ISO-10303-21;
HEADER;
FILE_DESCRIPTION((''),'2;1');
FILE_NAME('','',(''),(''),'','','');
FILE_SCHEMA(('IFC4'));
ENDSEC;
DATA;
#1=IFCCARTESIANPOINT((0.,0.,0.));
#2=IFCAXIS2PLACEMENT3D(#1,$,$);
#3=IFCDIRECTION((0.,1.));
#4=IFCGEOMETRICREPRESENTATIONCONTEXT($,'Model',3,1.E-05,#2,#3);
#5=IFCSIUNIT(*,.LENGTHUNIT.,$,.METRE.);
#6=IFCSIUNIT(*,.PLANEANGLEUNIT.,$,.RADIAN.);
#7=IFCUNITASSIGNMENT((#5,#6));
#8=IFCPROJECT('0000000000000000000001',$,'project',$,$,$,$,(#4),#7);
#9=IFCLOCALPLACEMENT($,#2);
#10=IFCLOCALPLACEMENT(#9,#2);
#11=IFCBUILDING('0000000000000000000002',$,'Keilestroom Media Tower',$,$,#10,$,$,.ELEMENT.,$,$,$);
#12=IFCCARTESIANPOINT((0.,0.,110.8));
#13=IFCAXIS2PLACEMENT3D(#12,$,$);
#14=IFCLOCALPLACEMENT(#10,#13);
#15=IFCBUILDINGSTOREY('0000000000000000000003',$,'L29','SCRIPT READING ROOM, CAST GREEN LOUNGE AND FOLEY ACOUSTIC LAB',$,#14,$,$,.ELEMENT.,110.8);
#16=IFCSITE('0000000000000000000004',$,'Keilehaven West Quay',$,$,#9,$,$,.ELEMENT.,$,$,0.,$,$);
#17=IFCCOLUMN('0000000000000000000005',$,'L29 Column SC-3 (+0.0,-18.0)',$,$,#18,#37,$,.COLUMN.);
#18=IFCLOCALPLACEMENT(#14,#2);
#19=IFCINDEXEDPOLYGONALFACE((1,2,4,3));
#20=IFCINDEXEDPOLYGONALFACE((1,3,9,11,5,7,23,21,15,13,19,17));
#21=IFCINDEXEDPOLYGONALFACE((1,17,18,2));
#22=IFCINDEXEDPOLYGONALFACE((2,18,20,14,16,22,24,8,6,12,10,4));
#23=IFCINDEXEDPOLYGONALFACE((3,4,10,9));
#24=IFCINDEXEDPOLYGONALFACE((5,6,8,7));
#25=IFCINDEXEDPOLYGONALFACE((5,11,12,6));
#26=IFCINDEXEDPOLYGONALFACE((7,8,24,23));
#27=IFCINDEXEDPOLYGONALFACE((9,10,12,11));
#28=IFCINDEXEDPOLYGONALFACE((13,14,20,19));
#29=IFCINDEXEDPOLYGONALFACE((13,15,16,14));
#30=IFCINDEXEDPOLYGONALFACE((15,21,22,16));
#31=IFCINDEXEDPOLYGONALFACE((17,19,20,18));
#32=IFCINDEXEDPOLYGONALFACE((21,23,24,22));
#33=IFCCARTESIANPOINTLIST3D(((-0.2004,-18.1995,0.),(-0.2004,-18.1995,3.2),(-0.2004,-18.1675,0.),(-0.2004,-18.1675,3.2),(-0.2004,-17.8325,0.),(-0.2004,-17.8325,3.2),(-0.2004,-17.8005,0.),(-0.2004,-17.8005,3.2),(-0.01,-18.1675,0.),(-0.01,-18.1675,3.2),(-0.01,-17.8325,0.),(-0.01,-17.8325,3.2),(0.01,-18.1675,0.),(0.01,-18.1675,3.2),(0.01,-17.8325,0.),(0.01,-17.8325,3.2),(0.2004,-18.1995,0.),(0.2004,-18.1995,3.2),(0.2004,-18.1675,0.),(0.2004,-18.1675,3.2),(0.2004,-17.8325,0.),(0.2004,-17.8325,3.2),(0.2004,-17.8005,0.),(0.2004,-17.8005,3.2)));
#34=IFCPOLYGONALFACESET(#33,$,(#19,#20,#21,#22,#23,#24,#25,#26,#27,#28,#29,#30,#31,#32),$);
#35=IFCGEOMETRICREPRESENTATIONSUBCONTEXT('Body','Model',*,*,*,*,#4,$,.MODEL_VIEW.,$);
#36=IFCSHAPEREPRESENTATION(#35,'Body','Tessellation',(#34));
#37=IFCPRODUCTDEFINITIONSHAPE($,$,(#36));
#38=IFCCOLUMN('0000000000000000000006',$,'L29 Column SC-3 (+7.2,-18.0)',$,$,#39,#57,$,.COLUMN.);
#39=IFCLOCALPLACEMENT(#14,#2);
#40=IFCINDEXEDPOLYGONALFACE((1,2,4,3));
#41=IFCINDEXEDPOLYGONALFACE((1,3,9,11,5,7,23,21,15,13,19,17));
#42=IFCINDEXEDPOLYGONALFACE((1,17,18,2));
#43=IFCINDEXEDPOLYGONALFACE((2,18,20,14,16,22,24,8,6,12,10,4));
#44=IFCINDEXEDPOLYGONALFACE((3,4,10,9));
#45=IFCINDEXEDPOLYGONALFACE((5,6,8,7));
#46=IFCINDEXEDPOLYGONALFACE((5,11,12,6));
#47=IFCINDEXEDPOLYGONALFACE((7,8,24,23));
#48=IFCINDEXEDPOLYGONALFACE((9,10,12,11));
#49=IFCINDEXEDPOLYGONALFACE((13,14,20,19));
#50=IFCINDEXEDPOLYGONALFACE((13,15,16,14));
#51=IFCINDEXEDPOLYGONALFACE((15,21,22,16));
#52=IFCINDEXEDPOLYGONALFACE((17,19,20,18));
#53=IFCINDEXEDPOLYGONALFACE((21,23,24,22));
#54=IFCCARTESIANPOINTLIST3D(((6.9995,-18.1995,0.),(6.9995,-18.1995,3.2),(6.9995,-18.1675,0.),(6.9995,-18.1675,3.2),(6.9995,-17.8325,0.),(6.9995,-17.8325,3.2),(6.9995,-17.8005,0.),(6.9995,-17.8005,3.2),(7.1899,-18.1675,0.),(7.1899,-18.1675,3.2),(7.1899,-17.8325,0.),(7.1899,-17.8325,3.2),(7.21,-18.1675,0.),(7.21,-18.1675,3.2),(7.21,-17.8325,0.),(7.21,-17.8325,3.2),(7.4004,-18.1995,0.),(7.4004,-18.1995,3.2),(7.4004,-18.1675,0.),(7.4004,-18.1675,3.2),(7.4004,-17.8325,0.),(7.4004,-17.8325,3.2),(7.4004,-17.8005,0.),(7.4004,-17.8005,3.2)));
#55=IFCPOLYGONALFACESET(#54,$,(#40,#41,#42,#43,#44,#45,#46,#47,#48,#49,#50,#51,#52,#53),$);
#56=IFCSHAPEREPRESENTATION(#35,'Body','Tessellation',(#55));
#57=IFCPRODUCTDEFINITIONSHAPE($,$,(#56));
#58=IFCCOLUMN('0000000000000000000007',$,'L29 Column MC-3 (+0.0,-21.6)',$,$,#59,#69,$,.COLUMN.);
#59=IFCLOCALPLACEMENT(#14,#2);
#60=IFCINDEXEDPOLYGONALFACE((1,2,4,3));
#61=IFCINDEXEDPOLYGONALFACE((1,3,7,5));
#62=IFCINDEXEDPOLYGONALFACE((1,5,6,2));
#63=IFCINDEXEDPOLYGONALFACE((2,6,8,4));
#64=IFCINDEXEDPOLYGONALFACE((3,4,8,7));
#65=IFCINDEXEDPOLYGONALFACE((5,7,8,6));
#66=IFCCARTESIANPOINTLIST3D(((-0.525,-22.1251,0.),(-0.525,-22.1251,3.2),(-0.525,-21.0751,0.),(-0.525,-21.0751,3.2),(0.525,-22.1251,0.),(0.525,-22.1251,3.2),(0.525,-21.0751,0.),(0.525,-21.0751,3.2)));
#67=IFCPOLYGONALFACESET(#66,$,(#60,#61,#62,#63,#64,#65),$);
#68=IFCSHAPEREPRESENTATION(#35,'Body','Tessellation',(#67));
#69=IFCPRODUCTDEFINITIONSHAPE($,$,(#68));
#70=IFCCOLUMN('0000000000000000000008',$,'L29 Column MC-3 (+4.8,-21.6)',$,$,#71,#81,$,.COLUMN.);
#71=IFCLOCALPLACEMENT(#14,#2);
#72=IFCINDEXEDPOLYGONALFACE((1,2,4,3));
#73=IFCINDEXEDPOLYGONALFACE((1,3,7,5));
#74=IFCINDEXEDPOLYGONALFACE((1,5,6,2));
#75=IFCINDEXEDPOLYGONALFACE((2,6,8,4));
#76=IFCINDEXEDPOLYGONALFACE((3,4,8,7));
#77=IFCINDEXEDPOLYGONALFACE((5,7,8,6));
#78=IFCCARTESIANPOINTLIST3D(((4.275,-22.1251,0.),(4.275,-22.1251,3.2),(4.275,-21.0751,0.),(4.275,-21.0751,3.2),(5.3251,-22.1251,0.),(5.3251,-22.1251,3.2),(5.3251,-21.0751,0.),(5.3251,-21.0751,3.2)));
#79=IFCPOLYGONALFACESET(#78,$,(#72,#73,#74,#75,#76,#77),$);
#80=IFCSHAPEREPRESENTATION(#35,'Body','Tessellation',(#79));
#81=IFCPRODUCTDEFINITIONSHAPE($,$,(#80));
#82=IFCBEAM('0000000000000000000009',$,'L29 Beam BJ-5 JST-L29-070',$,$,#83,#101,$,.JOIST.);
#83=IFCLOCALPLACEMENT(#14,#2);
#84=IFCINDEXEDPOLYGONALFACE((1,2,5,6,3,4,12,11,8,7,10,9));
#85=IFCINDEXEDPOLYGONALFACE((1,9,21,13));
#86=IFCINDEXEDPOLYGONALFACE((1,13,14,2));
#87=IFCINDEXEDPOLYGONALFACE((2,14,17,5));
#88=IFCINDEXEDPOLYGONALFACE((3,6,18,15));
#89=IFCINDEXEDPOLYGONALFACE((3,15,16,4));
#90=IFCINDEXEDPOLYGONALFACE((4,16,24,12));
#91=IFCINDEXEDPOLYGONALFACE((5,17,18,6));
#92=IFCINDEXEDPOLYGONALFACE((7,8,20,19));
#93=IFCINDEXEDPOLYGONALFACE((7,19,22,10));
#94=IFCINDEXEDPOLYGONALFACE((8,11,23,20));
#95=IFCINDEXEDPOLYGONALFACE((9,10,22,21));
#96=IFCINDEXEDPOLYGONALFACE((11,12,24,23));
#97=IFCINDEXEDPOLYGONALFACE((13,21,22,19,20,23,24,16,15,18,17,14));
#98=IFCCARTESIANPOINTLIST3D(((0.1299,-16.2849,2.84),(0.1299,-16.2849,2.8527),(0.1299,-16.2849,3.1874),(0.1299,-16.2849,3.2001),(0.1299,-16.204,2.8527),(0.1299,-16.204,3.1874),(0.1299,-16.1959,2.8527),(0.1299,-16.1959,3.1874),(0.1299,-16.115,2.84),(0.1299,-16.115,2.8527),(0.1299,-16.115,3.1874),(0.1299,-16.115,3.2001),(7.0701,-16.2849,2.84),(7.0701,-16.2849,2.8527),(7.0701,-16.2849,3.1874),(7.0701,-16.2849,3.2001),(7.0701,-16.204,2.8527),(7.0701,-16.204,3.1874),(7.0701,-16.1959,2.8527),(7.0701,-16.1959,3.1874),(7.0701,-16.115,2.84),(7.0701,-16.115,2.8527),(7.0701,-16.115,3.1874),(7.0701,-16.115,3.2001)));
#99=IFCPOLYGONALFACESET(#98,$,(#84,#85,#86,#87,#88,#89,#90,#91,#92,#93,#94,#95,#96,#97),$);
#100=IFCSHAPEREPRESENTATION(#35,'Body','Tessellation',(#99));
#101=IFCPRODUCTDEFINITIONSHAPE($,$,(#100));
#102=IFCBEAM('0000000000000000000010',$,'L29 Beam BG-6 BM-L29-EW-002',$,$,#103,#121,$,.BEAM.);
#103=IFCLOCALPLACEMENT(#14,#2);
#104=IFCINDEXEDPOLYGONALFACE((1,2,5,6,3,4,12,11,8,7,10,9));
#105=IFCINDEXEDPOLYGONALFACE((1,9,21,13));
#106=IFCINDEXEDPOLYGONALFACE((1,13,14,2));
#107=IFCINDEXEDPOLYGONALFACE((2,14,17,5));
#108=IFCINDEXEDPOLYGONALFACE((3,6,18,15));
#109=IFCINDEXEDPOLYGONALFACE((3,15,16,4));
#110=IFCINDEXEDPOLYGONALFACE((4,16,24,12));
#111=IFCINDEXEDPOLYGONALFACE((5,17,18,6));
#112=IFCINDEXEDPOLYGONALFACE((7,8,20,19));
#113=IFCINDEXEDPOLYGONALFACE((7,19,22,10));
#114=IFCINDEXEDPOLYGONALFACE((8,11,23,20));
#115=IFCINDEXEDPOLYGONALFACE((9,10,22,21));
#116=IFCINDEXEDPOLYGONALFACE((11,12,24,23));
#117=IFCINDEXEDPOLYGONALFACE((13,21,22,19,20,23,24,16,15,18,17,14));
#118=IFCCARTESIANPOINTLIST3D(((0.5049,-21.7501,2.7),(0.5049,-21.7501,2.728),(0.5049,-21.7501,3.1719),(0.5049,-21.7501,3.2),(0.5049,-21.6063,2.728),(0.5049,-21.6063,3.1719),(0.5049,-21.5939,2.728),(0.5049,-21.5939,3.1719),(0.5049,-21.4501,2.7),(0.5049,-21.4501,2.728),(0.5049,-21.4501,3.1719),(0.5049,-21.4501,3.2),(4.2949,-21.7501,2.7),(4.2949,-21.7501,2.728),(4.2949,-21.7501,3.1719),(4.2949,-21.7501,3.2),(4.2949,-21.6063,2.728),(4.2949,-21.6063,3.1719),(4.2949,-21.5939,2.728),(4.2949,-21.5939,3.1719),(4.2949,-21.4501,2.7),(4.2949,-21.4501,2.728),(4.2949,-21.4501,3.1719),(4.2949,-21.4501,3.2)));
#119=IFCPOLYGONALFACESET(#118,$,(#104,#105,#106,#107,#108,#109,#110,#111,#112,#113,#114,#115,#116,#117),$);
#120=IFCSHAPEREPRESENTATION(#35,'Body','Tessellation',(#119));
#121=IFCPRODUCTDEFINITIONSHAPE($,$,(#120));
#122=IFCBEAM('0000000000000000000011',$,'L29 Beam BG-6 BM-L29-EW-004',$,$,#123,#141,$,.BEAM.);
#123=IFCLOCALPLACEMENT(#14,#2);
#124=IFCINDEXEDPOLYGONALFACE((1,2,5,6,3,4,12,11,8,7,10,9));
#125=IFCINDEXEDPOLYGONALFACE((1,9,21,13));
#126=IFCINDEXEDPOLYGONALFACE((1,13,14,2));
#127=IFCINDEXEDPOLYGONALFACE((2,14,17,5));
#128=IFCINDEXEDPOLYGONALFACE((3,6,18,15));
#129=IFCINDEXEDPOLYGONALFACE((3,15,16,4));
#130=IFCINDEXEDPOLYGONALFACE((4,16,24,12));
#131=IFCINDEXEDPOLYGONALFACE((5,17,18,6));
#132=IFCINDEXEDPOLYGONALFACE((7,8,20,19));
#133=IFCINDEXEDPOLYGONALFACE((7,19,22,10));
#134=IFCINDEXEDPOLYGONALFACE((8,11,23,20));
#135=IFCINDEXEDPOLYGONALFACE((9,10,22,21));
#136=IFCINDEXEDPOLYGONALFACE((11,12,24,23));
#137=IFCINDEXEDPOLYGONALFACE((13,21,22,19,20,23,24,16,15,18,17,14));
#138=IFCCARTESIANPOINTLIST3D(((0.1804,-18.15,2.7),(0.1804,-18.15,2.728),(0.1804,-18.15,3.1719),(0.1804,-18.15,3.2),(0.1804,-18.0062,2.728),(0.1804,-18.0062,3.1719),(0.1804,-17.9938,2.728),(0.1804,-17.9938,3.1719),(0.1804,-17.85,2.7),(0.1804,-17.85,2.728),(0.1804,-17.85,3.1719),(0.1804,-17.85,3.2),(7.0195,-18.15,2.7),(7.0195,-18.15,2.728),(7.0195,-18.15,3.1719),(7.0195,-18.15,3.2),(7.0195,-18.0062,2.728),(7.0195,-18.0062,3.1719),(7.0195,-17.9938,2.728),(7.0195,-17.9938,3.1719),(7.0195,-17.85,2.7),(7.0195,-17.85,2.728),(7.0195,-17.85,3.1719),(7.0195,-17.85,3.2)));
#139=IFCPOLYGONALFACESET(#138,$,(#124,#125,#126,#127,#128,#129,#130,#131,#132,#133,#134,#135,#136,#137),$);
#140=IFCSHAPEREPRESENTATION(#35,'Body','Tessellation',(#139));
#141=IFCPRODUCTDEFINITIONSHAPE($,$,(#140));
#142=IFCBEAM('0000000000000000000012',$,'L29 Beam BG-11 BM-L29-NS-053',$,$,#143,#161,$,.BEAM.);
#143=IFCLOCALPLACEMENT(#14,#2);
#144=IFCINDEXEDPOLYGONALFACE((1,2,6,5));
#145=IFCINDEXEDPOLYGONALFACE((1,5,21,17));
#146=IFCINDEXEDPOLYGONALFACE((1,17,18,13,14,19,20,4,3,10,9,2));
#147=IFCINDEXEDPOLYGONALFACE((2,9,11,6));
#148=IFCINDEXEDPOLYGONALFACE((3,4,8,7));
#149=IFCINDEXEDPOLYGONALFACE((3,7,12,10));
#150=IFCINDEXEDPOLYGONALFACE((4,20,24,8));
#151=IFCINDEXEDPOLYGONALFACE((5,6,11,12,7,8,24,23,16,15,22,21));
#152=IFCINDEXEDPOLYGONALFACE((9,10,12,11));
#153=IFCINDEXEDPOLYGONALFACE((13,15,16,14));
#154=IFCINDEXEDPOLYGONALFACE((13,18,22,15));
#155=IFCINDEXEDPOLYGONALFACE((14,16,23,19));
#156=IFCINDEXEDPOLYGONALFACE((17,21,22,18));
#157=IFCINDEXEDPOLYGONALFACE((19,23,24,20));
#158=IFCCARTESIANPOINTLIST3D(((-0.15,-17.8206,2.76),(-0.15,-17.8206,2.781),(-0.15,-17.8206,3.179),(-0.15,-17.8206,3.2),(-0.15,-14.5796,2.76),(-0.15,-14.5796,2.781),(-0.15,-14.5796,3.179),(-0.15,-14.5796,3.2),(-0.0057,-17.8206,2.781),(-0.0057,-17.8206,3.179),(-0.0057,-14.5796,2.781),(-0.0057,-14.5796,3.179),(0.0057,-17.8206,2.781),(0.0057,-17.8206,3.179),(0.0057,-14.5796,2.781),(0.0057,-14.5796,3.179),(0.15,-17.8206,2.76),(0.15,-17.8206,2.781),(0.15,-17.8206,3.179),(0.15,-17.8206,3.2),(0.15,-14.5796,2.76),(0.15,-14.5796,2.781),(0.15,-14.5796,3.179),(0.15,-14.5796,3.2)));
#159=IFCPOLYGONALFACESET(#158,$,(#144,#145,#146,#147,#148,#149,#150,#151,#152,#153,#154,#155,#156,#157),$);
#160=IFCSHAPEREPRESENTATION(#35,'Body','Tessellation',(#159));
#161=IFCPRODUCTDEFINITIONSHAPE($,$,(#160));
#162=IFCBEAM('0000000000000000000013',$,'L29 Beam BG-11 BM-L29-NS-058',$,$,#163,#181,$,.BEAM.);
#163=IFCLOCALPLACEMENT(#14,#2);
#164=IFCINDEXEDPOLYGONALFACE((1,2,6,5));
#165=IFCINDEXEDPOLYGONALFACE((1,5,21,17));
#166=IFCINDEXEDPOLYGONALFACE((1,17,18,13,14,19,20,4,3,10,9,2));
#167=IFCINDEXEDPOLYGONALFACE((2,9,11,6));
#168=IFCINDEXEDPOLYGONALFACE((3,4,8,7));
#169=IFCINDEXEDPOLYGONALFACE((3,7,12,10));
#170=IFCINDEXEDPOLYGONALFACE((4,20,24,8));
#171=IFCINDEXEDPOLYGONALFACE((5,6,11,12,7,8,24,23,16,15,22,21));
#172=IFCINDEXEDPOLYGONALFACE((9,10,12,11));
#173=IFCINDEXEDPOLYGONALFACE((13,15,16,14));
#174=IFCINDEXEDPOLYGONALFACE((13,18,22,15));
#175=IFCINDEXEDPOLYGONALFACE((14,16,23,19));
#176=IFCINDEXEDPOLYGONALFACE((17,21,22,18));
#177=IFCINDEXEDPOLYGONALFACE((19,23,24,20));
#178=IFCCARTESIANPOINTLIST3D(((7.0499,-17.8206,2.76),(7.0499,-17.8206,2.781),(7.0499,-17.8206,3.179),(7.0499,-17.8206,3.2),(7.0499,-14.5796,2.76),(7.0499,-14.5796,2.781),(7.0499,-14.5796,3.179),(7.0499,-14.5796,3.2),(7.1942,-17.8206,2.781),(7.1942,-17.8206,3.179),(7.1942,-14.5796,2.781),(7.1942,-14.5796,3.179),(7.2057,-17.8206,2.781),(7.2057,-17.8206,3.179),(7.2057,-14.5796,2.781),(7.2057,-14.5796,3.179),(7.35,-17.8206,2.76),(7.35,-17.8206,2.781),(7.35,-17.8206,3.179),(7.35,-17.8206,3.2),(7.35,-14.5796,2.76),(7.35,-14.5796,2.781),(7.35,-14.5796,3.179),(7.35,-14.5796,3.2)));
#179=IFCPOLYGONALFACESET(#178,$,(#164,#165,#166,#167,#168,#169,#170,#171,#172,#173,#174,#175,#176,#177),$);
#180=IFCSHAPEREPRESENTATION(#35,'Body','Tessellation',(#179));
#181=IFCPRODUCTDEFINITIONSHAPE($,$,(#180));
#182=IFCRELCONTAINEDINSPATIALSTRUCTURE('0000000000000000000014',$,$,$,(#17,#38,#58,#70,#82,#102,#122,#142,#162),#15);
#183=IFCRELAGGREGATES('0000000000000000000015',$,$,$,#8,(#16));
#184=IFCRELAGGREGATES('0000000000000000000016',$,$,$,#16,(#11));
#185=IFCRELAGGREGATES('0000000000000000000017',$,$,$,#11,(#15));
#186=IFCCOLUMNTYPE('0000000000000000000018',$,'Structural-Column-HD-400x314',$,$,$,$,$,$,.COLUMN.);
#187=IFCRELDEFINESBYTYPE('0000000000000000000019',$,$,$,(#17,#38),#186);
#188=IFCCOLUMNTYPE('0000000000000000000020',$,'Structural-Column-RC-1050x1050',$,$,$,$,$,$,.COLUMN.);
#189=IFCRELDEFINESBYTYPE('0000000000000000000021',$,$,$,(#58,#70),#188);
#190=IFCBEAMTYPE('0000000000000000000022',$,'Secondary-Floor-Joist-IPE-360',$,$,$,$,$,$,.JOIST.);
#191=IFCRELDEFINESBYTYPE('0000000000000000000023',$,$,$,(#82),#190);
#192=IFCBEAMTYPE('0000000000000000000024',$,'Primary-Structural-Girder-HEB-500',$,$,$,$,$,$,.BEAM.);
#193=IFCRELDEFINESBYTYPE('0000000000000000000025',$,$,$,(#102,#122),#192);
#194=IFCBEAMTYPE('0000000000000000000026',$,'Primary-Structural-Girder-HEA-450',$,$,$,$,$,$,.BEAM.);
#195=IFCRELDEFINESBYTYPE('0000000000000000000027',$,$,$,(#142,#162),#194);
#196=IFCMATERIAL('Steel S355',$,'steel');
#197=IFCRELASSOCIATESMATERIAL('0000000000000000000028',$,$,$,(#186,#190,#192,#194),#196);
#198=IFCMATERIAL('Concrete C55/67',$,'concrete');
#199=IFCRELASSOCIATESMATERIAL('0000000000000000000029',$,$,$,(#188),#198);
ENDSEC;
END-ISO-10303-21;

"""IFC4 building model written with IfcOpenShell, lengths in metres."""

from ifc_helpers import new_model, si_unit, direction, frame, origin, origin_2d, place, context, subcontext, project, spatial, rectangle, i_section, extrude, source, transform, mapped, material, material_profile, profile_set, type_object, element, save


model = new_model("IFC4")

# Units and contexts
model_context = context("Model", 3, precision=1e-05, world=origin(), true_north=direction((0.0, 1.0)))
body_context = subcontext(model_context, "Body", "Model", "MODEL_VIEW")
ifc_project = project(units=[si_unit("LENGTHUNIT", "METRE"), si_unit("PLANEANGLEUNIT", "RADIAN")], contexts=[model_context])

# Site, building, storey
site_placement = place(None, origin())
site = spatial("IfcSite", under=ifc_project, at=site_placement, Name="Keilehaven West Quay", CompositionType="ELEMENT", RefElevation=0.0)
building_placement = place(site_placement, origin())
building = spatial("IfcBuilding", under=site, at=building_placement, Name="Keilestroom Media Tower", CompositionType="ELEMENT")
storey_placement = place(building_placement, frame((0.0, 0.0, 110.8)))
storey = spatial("IfcBuildingStorey", under=building, at=storey_placement, Name="L29", Description="SCRIPT READING ROOM, CAST GREEN LOUNGE AND FOLEY ACOUSTIC LAB", CompositionType="ELEMENT", Elevation=110.8)

# Columns
ifc_material_1 = material(Name="Steel S355", Category="steel")
ifc_material_profile_1 = material_profile(ifc_material_1, i_section(OverallWidth=0.4009, OverallDepth=0.3989, WebThickness=0.02, FlangeThickness=0.032, at=origin_2d()), Name="HD 400x314")
ifc_profile_set_1 = profile_set([ifc_material_profile_1], Name="Steel S355")
column_type_1 = type_object("IfcColumnType", Name="Structural-Column-HD-400x314", PredefinedType="COLUMN", material=ifc_profile_set_1)
shared_shape_1 = source(origin(), body_context, "Body", "SweptSolid", [
    extrude(i_section(OverallWidth=0.4009, OverallDepth=0.3989, WebThickness=0.02, FlangeThickness=0.032, at=origin_2d()), origin(), (0.0, 0.0, 1.0), 3.2),
])
for number, where, z_axis, x_axis, name in (
    (1, (0.0, -18.0, 0.0), (0.0, 0.0, 1.0), (1.0, 0.0, 0.0), "L29 Column SC-3 (+0.0,-18.0)"),
    (2, (7.2, -18.0, 0.0), (0.0, 0.0, 1.0), (1.0, 0.0, 0.0), "L29 Column SC-3 (+7.2,-18.0)"),
):
    element("IfcColumn", number, at=place(storey_placement, frame(where, z_axis=z_axis, x_axis=x_axis)), inside=storey, type_object=column_type_1, Name=name, PredefinedType="COLUMN", context=body_context, shape_type="MappedRepresentation", body=[
        mapped(shared_shape_1, transform((0.0, 0.0, 0.0), x_axis=(1.0, 0.0, 0.0), y_axis=(0.0, 1.0, 0.0), z_axis=(0.0, 0.0, 1.0), scale=1.0)),
    ])
ifc_material_2 = material(Name="Concrete C55/67", Category="concrete")
ifc_material_profile_2 = material_profile(ifc_material_2, rectangle(XDim=1.05, YDim=1.05, at=origin_2d()), Name="RC 1050x1050")
ifc_profile_set_2 = profile_set([ifc_material_profile_2], Name="Concrete C55/67")
column_type_2 = type_object("IfcColumnType", Name="Structural-Column-RC-1050x1050", PredefinedType="COLUMN", material=ifc_profile_set_2)
shared_shape_2 = source(origin(), body_context, "Body", "SweptSolid", [
    extrude(rectangle(XDim=1.05, YDim=1.05, at=origin_2d()), origin(), (0.0, 0.0, 1.0), 3.2),
])
for number, where, z_axis, x_axis, name in (
    (3, (0.0, -21.6001, 0.0), (0.0, 0.0, 1.0), (1.0, 0.0, 0.0), "L29 Column MC-3 (+0.0,-21.6)"),
    (4, (4.8, -21.6001, 0.0), (0.0, 0.0, 1.0), (1.0, 0.0, 0.0), "L29 Column MC-3 (+4.8,-21.6)"),
):
    element("IfcColumn", number, at=place(storey_placement, frame(where, z_axis=z_axis, x_axis=x_axis)), inside=storey, type_object=column_type_2, Name=name, PredefinedType="COLUMN", context=body_context, shape_type="MappedRepresentation", body=[
        mapped(shared_shape_2, transform((0.0, 0.0, 0.0), x_axis=(1.0, 0.0, 0.0), y_axis=(0.0, 1.0, 0.0), z_axis=(0.0, 0.0, 1.0), scale=1.0)),
    ])

# Beams
ifc_material_profile_3 = material_profile(ifc_material_1, i_section(OverallWidth=0.1699, OverallDepth=0.3601, WebThickness=0.0081, FlangeThickness=0.0127, at=origin_2d()), Name="IPE 360")
ifc_profile_set_3 = profile_set([ifc_material_profile_3], Name="Steel S355")
beam_type_1 = type_object("IfcBeamType", Name="Secondary-Floor-Joist-IPE-360", PredefinedType="JOIST", material=ifc_profile_set_3)
shared_shape_3 = source(origin(), body_context, "Body", "SweptSolid", [
    extrude(i_section(OverallWidth=0.1699, OverallDepth=0.3601, WebThickness=0.0081, FlangeThickness=0.0127, at=origin_2d()), origin(), (0.0, 0.0, 1.0), 6.9402),
])
beam_1_placement = place(storey_placement, frame((0.1299, -16.2, 3.02), z_axis=(1.0, 0.0, 0.0), x_axis=(0.0, 1.0, 0.0)))
element("IfcBeam", 5, at=beam_1_placement, inside=storey, type_object=beam_type_1, Name="L29 Beam BJ-5 JST-L29-070", PredefinedType="JOIST", context=body_context, shape_type="MappedRepresentation", body=[
    mapped(shared_shape_3, transform((0.0, 0.0, 0.0), x_axis=(1.0, 0.0, 0.0), y_axis=(0.0, 1.0, 0.0), z_axis=(0.0, 0.0, 1.0), scale=1.0)),
])
ifc_material_profile_4 = material_profile(ifc_material_1, i_section(OverallWidth=0.3, OverallDepth=0.5, WebThickness=0.0125, FlangeThickness=0.0281, at=origin_2d()), Name="HEB 500")
ifc_profile_set_4 = profile_set([ifc_material_profile_4], Name="Steel S355")
beam_type_2 = type_object("IfcBeamType", Name="Primary-Structural-Girder-HEB-500", PredefinedType="BEAM", material=ifc_profile_set_4)
shared_shape_4 = source(origin(), body_context, "Body", "SweptSolid", [
    extrude(i_section(OverallWidth=0.3, OverallDepth=0.5, WebThickness=0.0125, FlangeThickness=0.0281, at=origin_2d()), origin(), (0.0, 0.0, 1.0), 3.79),
])
beam_2_placement = place(storey_placement, frame((0.5049, -21.6001, 2.95), z_axis=(1.0, 0.0, 0.0), x_axis=(0.0, 1.0, 0.0)))
element("IfcBeam", 6, at=beam_2_placement, inside=storey, type_object=beam_type_2, Name="L29 Beam BG-6 BM-L29-EW-002", PredefinedType="BEAM", context=body_context, shape_type="MappedRepresentation", body=[
    mapped(shared_shape_4, transform((0.0, 0.0, 0.0), x_axis=(1.0, 0.0, 0.0), y_axis=(0.0, 1.0, 0.0), z_axis=(0.0, 0.0, 1.0), scale=1.0)),
])
shared_shape_5 = source(origin(), body_context, "Body", "SweptSolid", [
    extrude(i_section(OverallWidth=0.3, OverallDepth=0.5, WebThickness=0.0125, FlangeThickness=0.0281, at=origin_2d()), origin(), (0.0, 0.0, 1.0), 6.8391),
])
beam_3_placement = place(storey_placement, frame((0.1804, -18.0, 2.95), z_axis=(1.0, 0.0, 0.0), x_axis=(0.0, 1.0, 0.0)))
element("IfcBeam", 7, at=beam_3_placement, inside=storey, type_object=beam_type_2, Name="L29 Beam BG-6 BM-L29-EW-004", PredefinedType="BEAM", context=body_context, shape_type="MappedRepresentation", body=[
    mapped(shared_shape_5, transform((0.0, 0.0, 0.0), x_axis=(1.0, 0.0, 0.0), y_axis=(0.0, 1.0, 0.0), z_axis=(0.0, 0.0, 1.0), scale=1.0)),
])
ifc_material_profile_5 = material_profile(ifc_material_1, i_section(OverallWidth=0.3, OverallDepth=0.4399, WebThickness=0.0115, FlangeThickness=0.021, at=origin_2d()), Name="HEA 450")
ifc_profile_set_5 = profile_set([ifc_material_profile_5], Name="Steel S355")
beam_type_3 = type_object("IfcBeamType", Name="Primary-Structural-Girder-HEA-450", PredefinedType="BEAM", material=ifc_profile_set_5)
shared_shape_6 = source(origin(), body_context, "Body", "SweptSolid", [
    extrude(i_section(OverallWidth=0.3, OverallDepth=0.4399, WebThickness=0.0115, FlangeThickness=0.021, at=origin_2d()), origin(), (0.0, 0.0, 1.0), 3.241),
])
for number, where, z_axis, x_axis, name in (
    (8, (0.0, -17.8206, 2.98), (0.0, 1.0, 0.0), (-1.0, 0.0, 0.0), "L29 Beam BG-11 BM-L29-NS-053"),
    (9, (7.2, -17.8206, 2.98), (0.0, 1.0, 0.0), (-1.0, 0.0, 0.0), "L29 Beam BG-11 BM-L29-NS-058"),
):
    element("IfcBeam", number, at=place(storey_placement, frame(where, z_axis=z_axis, x_axis=x_axis)), inside=storey, type_object=beam_type_3, Name=name, PredefinedType="BEAM", context=body_context, shape_type="MappedRepresentation", body=[
        mapped(shared_shape_6, transform((0.0, 0.0, 0.0), x_axis=(1.0, 0.0, 0.0), y_axis=(0.0, 1.0, 0.0), z_axis=(0.0, 0.0, 1.0), scale=1.0)),
    ])

save(model, "model.ifc")
